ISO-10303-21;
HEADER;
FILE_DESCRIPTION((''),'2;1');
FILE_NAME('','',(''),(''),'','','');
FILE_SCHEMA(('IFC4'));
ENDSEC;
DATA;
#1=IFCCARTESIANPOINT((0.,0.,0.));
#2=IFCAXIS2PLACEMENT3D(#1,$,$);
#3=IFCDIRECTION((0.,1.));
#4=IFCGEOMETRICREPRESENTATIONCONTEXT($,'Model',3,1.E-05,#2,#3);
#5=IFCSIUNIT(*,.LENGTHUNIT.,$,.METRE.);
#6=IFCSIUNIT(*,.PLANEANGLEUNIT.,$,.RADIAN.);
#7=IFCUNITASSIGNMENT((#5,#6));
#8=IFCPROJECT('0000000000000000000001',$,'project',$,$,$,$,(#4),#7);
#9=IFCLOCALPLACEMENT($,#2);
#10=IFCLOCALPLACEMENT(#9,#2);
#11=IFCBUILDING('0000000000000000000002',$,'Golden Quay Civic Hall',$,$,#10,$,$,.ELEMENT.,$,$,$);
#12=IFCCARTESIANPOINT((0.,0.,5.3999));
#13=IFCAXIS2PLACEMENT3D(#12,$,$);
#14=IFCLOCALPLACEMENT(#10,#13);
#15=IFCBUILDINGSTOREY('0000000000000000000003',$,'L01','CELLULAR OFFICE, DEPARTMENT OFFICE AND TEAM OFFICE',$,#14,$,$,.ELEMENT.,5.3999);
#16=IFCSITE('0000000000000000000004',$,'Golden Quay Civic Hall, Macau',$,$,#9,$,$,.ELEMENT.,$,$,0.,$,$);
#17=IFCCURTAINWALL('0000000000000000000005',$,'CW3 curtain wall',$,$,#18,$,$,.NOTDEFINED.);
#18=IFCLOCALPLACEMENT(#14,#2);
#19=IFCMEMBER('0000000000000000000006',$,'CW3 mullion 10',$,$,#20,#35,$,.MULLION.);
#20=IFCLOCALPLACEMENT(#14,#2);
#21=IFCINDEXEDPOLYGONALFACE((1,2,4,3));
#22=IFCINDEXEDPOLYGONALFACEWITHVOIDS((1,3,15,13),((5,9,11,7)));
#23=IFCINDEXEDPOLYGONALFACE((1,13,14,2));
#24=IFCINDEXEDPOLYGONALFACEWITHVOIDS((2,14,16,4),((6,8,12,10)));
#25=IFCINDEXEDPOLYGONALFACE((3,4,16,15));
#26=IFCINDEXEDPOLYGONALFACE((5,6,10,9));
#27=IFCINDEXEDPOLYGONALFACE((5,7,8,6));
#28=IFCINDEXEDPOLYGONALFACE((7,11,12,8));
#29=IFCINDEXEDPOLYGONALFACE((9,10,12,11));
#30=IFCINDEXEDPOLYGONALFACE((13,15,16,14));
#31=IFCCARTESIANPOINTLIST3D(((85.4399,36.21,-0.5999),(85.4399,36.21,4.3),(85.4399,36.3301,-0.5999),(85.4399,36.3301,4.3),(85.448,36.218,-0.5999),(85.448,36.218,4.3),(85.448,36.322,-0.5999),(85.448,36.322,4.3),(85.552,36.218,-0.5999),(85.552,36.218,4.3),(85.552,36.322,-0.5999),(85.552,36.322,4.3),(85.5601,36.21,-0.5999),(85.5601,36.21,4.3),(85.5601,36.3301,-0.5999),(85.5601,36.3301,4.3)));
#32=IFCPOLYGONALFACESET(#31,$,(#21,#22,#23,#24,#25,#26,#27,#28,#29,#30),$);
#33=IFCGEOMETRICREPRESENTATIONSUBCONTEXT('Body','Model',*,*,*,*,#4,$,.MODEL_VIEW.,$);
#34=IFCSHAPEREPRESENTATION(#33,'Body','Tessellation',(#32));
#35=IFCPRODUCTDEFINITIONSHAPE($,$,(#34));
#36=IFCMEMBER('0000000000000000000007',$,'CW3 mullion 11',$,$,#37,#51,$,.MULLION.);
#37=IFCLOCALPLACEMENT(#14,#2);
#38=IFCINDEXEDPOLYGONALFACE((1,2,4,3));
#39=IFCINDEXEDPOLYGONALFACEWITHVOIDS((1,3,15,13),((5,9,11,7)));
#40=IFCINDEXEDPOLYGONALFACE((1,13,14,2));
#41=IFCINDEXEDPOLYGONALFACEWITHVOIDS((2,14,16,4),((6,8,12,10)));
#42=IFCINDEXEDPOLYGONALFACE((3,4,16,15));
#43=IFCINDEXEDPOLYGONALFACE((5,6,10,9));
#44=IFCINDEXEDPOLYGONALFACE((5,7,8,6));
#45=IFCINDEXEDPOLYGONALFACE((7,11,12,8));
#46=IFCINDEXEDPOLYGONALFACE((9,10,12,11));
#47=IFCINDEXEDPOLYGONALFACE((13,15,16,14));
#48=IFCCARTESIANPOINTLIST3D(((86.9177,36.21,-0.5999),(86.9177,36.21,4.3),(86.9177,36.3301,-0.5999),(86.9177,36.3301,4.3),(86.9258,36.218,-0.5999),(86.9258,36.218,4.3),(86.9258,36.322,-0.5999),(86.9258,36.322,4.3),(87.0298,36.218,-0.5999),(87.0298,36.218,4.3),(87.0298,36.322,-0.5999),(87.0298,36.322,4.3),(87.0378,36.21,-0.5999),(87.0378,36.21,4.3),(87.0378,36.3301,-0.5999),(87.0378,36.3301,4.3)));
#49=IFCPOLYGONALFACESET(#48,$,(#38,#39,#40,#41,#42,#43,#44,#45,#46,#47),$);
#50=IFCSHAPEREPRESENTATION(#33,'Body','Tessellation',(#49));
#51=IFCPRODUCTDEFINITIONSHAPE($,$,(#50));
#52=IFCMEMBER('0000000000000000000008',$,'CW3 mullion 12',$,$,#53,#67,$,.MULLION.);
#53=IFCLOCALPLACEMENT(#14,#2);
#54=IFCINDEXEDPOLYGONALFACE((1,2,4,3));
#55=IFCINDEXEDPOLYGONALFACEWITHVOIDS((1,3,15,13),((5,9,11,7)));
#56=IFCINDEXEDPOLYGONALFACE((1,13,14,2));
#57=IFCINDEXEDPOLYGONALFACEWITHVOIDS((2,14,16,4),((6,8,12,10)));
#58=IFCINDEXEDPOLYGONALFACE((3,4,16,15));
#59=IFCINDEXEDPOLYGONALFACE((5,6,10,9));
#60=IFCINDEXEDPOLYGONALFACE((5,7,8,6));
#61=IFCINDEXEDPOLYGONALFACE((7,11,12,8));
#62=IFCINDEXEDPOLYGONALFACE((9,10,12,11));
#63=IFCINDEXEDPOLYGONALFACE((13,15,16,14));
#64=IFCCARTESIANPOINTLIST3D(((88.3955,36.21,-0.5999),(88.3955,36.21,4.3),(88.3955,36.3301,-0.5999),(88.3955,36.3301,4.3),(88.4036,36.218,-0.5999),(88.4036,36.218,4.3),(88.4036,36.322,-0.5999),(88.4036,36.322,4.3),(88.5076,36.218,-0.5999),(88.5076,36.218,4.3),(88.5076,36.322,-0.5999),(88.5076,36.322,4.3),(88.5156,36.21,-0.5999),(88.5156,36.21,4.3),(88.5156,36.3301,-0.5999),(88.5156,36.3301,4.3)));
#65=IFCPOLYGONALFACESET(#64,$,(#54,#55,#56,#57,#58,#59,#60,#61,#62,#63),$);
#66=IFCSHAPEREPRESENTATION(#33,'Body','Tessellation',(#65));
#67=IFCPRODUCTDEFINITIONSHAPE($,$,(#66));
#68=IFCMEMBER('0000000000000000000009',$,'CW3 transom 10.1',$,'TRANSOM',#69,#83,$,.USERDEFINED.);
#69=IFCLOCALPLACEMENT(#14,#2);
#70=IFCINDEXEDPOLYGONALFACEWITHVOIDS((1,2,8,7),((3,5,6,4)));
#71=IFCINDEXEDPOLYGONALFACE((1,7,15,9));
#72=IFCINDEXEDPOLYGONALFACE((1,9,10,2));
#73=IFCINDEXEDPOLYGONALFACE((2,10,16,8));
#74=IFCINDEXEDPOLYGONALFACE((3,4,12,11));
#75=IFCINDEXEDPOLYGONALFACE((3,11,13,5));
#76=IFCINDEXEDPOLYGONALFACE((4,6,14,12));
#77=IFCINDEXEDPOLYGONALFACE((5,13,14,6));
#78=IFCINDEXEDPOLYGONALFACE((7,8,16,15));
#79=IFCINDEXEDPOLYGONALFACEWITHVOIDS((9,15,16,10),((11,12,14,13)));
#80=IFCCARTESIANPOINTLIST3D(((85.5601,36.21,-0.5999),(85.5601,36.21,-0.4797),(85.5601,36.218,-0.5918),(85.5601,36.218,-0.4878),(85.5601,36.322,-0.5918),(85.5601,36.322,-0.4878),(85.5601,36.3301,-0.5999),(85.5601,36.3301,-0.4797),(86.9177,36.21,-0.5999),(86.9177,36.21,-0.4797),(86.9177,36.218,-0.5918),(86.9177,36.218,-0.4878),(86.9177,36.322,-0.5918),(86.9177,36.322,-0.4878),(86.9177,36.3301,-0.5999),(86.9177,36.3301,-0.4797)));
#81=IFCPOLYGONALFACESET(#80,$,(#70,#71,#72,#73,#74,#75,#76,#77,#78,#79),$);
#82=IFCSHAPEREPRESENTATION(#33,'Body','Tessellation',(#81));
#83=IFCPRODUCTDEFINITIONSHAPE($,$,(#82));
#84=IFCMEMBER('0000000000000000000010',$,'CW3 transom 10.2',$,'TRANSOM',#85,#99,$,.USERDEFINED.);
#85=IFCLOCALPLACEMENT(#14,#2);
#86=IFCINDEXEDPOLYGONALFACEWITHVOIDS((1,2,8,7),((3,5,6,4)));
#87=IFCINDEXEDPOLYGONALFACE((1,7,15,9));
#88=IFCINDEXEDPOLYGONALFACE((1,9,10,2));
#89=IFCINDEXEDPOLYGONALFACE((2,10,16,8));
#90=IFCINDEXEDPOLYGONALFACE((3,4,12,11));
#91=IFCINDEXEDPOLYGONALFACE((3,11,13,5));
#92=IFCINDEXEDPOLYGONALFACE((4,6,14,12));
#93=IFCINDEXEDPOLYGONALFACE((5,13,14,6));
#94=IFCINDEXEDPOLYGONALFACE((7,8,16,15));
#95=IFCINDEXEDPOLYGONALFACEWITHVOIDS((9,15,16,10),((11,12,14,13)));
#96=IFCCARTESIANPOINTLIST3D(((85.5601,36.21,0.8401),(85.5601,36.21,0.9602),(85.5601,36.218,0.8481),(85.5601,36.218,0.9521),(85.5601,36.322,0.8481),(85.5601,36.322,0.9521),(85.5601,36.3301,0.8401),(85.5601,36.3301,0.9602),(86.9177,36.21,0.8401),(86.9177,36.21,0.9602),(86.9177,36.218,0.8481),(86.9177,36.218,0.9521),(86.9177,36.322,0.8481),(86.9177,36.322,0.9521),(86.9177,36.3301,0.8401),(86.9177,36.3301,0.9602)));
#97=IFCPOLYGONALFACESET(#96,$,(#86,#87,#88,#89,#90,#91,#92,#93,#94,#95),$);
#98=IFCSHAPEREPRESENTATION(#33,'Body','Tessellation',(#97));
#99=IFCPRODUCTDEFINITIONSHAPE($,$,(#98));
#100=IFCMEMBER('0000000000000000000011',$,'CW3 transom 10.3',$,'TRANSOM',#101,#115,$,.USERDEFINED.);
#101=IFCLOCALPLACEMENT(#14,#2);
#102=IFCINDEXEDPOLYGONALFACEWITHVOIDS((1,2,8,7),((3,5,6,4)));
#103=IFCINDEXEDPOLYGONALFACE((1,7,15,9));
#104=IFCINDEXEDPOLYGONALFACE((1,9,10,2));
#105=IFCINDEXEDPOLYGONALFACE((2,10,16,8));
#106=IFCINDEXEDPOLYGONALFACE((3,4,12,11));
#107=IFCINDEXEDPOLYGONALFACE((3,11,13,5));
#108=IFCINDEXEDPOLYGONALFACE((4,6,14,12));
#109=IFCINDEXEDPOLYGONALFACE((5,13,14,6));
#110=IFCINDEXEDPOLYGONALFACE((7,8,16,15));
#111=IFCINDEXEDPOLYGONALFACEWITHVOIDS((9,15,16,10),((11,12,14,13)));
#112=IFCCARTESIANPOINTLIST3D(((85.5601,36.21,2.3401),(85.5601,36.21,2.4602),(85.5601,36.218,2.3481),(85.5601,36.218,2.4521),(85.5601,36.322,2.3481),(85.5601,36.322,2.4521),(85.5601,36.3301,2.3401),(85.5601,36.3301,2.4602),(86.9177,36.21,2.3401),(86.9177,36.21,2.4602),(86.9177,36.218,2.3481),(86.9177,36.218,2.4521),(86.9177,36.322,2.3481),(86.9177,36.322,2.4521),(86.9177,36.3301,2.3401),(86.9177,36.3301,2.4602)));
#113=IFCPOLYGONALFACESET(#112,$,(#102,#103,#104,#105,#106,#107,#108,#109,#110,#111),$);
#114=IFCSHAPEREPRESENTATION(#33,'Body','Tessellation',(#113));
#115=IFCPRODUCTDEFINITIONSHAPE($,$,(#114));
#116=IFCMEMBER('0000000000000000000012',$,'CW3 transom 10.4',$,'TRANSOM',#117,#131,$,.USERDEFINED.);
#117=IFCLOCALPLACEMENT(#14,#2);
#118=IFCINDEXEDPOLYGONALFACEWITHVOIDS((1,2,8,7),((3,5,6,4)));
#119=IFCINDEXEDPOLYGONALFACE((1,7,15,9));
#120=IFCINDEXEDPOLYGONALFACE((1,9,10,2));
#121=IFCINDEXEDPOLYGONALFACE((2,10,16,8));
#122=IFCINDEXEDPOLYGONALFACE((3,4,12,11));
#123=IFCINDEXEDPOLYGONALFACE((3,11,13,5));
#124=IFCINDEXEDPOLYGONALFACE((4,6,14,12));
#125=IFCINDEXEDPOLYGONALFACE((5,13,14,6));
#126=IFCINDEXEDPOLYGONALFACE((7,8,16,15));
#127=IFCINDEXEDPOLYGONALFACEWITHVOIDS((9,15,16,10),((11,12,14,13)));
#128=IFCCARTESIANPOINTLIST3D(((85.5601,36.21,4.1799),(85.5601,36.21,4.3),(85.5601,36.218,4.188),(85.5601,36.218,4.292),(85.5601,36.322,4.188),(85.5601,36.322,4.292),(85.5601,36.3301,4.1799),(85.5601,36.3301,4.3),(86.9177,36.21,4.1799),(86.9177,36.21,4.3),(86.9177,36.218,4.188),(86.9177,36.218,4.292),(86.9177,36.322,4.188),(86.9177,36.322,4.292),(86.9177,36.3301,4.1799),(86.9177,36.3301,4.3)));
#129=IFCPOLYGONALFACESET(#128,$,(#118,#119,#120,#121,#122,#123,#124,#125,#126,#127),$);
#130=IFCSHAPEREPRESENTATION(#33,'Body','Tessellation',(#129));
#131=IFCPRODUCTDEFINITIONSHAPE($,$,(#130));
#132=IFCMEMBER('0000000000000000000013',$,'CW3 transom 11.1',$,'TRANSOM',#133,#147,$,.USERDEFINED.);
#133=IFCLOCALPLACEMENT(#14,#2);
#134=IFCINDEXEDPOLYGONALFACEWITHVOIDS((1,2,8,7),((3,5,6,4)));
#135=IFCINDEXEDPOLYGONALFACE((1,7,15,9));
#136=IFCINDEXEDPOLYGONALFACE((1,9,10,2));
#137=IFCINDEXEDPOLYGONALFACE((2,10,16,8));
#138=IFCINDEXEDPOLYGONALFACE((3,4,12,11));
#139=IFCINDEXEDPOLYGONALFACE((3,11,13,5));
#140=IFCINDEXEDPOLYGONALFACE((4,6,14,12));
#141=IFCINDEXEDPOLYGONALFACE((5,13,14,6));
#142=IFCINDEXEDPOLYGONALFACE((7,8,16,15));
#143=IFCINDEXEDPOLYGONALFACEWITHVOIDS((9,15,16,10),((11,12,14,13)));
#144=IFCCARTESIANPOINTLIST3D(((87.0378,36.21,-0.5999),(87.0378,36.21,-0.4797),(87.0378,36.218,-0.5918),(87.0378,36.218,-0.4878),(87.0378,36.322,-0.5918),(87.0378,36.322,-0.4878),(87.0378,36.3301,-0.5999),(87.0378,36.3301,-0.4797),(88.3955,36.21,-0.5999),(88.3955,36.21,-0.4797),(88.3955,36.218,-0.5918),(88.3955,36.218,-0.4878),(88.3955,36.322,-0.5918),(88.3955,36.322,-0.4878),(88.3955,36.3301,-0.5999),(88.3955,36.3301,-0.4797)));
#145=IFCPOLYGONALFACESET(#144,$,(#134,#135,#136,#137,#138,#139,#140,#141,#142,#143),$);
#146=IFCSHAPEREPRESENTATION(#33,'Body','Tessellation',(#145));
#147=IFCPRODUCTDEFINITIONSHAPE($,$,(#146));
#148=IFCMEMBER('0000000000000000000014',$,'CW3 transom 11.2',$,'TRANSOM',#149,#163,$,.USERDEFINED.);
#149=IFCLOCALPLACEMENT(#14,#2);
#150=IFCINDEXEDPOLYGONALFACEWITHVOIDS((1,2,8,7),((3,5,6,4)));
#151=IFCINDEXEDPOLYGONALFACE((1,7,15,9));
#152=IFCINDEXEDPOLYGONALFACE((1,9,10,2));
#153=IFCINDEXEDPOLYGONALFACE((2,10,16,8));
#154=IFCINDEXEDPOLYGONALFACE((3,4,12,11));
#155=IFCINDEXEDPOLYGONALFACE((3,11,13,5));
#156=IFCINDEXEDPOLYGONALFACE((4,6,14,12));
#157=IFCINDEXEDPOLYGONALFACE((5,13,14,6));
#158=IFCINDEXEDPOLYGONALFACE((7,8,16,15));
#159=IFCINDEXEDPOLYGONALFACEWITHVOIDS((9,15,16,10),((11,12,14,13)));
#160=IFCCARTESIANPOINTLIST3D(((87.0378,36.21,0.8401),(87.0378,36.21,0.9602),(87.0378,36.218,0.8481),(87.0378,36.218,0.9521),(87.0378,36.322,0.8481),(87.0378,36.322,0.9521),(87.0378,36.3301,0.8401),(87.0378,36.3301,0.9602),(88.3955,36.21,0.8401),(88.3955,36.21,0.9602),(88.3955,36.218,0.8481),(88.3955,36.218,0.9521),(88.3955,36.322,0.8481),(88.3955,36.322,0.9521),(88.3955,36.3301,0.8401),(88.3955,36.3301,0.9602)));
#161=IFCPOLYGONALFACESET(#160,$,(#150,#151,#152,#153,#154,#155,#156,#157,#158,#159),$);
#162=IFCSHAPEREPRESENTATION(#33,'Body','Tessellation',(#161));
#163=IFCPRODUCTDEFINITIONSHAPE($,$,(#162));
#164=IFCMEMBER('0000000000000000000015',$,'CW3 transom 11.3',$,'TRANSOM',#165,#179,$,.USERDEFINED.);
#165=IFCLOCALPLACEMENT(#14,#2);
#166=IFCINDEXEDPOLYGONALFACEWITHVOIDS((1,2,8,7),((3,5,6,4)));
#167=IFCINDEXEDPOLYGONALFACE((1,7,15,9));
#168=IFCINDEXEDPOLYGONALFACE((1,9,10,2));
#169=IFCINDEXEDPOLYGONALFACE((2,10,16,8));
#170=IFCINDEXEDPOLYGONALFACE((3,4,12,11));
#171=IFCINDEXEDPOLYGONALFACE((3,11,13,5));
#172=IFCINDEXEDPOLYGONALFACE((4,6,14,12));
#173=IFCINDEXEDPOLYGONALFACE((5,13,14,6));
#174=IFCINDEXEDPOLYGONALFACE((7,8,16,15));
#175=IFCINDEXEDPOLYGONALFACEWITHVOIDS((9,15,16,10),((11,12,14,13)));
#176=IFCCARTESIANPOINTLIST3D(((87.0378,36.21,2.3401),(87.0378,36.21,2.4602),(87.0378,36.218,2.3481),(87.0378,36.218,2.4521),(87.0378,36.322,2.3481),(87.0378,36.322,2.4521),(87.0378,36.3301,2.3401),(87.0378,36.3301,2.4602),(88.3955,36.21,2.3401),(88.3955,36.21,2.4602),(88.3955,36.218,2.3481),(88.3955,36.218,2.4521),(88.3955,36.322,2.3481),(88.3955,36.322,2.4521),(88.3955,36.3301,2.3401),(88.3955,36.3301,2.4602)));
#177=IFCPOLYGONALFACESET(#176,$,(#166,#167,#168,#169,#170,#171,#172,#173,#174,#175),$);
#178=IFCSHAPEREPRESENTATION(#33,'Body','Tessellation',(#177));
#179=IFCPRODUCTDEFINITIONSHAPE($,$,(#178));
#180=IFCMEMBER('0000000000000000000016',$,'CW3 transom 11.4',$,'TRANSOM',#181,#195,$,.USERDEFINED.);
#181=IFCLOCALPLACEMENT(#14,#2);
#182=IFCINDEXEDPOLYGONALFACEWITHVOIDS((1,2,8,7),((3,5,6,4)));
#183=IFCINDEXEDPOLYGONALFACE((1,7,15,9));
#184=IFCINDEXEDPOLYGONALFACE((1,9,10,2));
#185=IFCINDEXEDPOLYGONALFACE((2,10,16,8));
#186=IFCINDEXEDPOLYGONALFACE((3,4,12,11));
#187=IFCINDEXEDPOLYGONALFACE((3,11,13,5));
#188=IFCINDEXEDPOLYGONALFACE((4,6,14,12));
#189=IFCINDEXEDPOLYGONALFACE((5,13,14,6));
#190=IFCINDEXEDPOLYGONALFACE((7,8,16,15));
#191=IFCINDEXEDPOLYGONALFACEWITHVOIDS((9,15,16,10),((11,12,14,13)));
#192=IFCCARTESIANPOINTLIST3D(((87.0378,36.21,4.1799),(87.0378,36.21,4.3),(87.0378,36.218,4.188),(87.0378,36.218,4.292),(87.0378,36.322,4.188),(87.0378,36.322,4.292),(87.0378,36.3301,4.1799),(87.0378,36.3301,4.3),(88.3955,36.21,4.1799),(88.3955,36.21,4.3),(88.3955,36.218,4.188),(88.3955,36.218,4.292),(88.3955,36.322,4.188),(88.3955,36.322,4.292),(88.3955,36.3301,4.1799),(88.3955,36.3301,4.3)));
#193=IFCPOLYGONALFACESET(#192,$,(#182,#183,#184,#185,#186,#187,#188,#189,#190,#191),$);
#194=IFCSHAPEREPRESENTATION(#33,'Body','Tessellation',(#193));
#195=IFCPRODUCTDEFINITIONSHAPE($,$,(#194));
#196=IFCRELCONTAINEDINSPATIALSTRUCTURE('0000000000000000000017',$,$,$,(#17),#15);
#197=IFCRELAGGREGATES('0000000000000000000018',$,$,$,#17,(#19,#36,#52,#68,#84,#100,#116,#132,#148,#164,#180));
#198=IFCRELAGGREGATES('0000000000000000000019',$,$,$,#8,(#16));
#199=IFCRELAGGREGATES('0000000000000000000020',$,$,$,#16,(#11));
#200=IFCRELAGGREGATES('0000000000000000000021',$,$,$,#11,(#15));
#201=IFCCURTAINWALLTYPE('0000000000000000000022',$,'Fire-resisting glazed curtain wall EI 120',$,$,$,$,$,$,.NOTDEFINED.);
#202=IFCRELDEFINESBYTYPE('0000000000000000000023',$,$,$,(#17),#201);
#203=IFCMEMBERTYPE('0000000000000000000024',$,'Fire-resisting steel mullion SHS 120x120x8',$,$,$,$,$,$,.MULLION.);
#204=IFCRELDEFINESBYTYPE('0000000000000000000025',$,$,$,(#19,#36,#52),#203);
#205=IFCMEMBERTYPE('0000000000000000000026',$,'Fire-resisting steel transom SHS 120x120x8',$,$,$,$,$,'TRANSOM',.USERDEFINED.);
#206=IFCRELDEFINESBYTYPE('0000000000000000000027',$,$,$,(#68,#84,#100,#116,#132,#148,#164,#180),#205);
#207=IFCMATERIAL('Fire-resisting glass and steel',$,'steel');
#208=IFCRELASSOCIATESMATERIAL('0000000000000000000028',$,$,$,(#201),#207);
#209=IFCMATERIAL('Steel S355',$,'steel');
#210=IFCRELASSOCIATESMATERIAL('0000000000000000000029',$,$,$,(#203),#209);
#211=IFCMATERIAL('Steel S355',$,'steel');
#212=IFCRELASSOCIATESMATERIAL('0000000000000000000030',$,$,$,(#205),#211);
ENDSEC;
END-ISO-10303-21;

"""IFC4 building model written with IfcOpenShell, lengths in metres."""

from ifc_helpers import new_model, si_unit, direction, frame, origin, origin_2d, place, context, subcontext, project, spatial, hollow_rectangle, extrude, material, material_profile, profile_set, type_object, element, aggregate, save


model = new_model("IFC4")

# Units and contexts
model_context = context("Model", 3, precision=1e-05, world=origin(), true_north=direction((0.0, 1.0)))
body_context = subcontext(model_context, "Body", "Model", "MODEL_VIEW")
ifc_project = project(units=[si_unit("LENGTHUNIT", "METRE"), si_unit("PLANEANGLEUNIT", "RADIAN")], contexts=[model_context])

# Site, building, storey
site_placement = place(None, origin())
site = spatial("IfcSite", under=ifc_project, at=site_placement, Name="Golden Quay Civic Hall, Macau", CompositionType="ELEMENT", RefElevation=0.0)
building_placement = place(site_placement, origin())
building = spatial("IfcBuilding", under=site, at=building_placement, Name="Golden Quay Civic Hall", CompositionType="ELEMENT")
storey_placement = place(building_placement, frame((0.0, 0.0, 5.3999)))
storey = spatial("IfcBuildingStorey", under=building, at=storey_placement, Name="L01", Description="CELLULAR OFFICE, DEPARTMENT OFFICE AND TEAM OFFICE", CompositionType="ELEMENT", Elevation=5.3999)

# Curtain wall, members
ifc_material_1 = material(Name="Fire-resisting glass and steel", Category="steel")
curtain_wall_type = type_object("IfcCurtainWallType", Name="Fire-resisting glazed curtain wall EI 120", PredefinedType="NOTDEFINED", material=ifc_material_1)
curtain_wall_placement = place(storey_placement, origin())
curtain_wall = element("IfcCurtainWall", 1, at=curtain_wall_placement, inside=storey, type_object=curtain_wall_type, Name="CW3 curtain wall", PredefinedType="NOTDEFINED")
ifc_material_2 = material(Name="Steel S355", Category="steel")
ifc_material_profile_1 = material_profile(ifc_material_2, hollow_rectangle(XDim=0.1201, YDim=0.1201, WallThickness=0.0081, at=origin_2d()), Name="SHS 120x120x8")
ifc_profile_set_1 = profile_set([ifc_material_profile_1], Name="Steel S355")
member_type_1 = type_object("IfcMemberType", Name="Fire-resisting steel mullion SHS 120x120x8", PredefinedType="MULLION", material=ifc_profile_set_1)
member_1_placement = place(storey_placement, frame((85.5, 36.27, -0.5999), z_axis=(0.0, 0.0, 1.0), x_axis=(0.0, 1.0, 0.0)))
member_1 = element("IfcMember", 2, at=member_1_placement, type_object=member_type_1, Name="CW3 mullion 10", PredefinedType="MULLION", context=body_context, shape_type="SweptSolid", body=[
    extrude(hollow_rectangle(XDim=0.1201, YDim=0.1201, WallThickness=0.0081, at=origin_2d()), origin(), (0.0, 0.0, 1.0), 4.8999),
])
member_2_placement = place(storey_placement, frame((86.9778, 36.27, -0.5999), z_axis=(0.0, 0.0, 1.0), x_axis=(0.0, 1.0, 0.0)))
member_2 = element("IfcMember", 3, at=member_2_placement, type_object=member_type_1, Name="CW3 mullion 11", PredefinedType="MULLION", context=body_context, shape_type="SweptSolid", body=[
    extrude(hollow_rectangle(XDim=0.1201, YDim=0.1201, WallThickness=0.0081, at=origin_2d()), origin(), (0.0, 0.0, 1.0), 4.8999),
])
member_3_placement = place(storey_placement, frame((88.4556, 36.27, -0.5999), z_axis=(0.0, 0.0, 1.0), x_axis=(0.0, 1.0, 0.0)))
member_3 = element("IfcMember", 4, at=member_3_placement, type_object=member_type_1, Name="CW3 mullion 12", PredefinedType="MULLION", context=body_context, shape_type="SweptSolid", body=[
    extrude(hollow_rectangle(XDim=0.1201, YDim=0.1201, WallThickness=0.0081, at=origin_2d()), origin(), (0.0, 0.0, 1.0), 4.8999),
])
ifc_material_3 = material(Name="Steel S355", Category="steel")
ifc_material_profile_2 = material_profile(ifc_material_3, hollow_rectangle(XDim=0.1201, YDim=0.1201, WallThickness=0.0081, at=origin_2d()), Name="SHS 120x120x8")
ifc_profile_set_2 = profile_set([ifc_material_profile_2], Name="Steel S355")
member_type_2 = type_object("IfcMemberType", Name="Fire-resisting steel transom SHS 120x120x8", ElementType="TRANSOM", PredefinedType="USERDEFINED", material=ifc_profile_set_2)
member_4_placement = place(storey_placement, frame((85.5601, 36.27, -0.5398), z_axis=(1.0, 0.0, 0.0), x_axis=(0.0, 1.0, 0.0)))
member_4 = element("IfcMember", 5, at=member_4_placement, type_object=member_type_2, Name="CW3 transom 10.1", ObjectType="TRANSOM", PredefinedType="USERDEFINED", context=body_context, shape_type="SweptSolid", body=[
    extrude(hollow_rectangle(XDim=0.1201, YDim=0.1201, WallThickness=0.0081, at=origin_2d()), origin(), (0.0, 0.0, 1.0), 1.3577),
])
member_5_placement = place(storey_placement, frame((85.5601, 36.27, 0.9001), z_axis=(1.0, 0.0, 0.0), x_axis=(0.0, 1.0, 0.0)))
member_5 = element("IfcMember", 6, at=member_5_placement, type_object=member_type_2, Name="CW3 transom 10.2", ObjectType="TRANSOM", PredefinedType="USERDEFINED", context=body_context, shape_type="SweptSolid", body=[
    extrude(hollow_rectangle(XDim=0.1201, YDim=0.1201, WallThickness=0.0081, at=origin_2d()), origin(), (0.0, 0.0, 1.0), 1.3577),
])
member_6_placement = place(storey_placement, frame((85.5601, 36.27, 2.4001), z_axis=(1.0, 0.0, 0.0), x_axis=(0.0, 1.0, 0.0)))
member_6 = element("IfcMember", 7, at=member_6_placement, type_object=member_type_2, Name="CW3 transom 10.3", ObjectType="TRANSOM", PredefinedType="USERDEFINED", context=body_context, shape_type="SweptSolid", body=[
    extrude(hollow_rectangle(XDim=0.1201, YDim=0.1201, WallThickness=0.0081, at=origin_2d()), origin(), (0.0, 0.0, 1.0), 1.3577),
])
member_7_placement = place(storey_placement, frame((85.5601, 36.27, 4.24), z_axis=(1.0, 0.0, 0.0), x_axis=(0.0, 1.0, 0.0)))
member_7 = element("IfcMember", 8, at=member_7_placement, type_object=member_type_2, Name="CW3 transom 10.4", ObjectType="TRANSOM", PredefinedType="USERDEFINED", context=body_context, shape_type="SweptSolid", body=[
    extrude(hollow_rectangle(XDim=0.1201, YDim=0.1201, WallThickness=0.0081, at=origin_2d()), origin(), (0.0, 0.0, 1.0), 1.3577),
])
member_8_placement = place(storey_placement, frame((87.0378, 36.27, -0.5398), z_axis=(1.0, 0.0, 0.0), x_axis=(0.0, 1.0, 0.0)))
member_8 = element("IfcMember", 9, at=member_8_placement, type_object=member_type_2, Name="CW3 transom 11.1", ObjectType="TRANSOM", PredefinedType="USERDEFINED", context=body_context, shape_type="SweptSolid", body=[
    extrude(hollow_rectangle(XDim=0.1201, YDim=0.1201, WallThickness=0.0081, at=origin_2d()), origin(), (0.0, 0.0, 1.0), 1.3577),
])
member_9_placement = place(storey_placement, frame((87.0378, 36.27, 0.9001), z_axis=(1.0, 0.0, 0.0), x_axis=(0.0, 1.0, 0.0)))
member_9 = element("IfcMember", 10, at=member_9_placement, type_object=member_type_2, Name="CW3 transom 11.2", ObjectType="TRANSOM", PredefinedType="USERDEFINED", context=body_context, shape_type="SweptSolid", body=[
    extrude(hollow_rectangle(XDim=0.1201, YDim=0.1201, WallThickness=0.0081, at=origin_2d()), origin(), (0.0, 0.0, 1.0), 1.3577),
])
member_10_placement = place(storey_placement, frame((87.0378, 36.27, 2.4001), z_axis=(1.0, 0.0, 0.0), x_axis=(0.0, 1.0, 0.0)))
member_10 = element("IfcMember", 11, at=member_10_placement, type_object=member_type_2, Name="CW3 transom 11.3", ObjectType="TRANSOM", PredefinedType="USERDEFINED", context=body_context, shape_type="SweptSolid", body=[
    extrude(hollow_rectangle(XDim=0.1201, YDim=0.1201, WallThickness=0.0081, at=origin_2d()), origin(), (0.0, 0.0, 1.0), 1.3577),
])
member_11_placement = place(storey_placement, frame((87.0378, 36.27, 4.24), z_axis=(1.0, 0.0, 0.0), x_axis=(0.0, 1.0, 0.0)))
member_11 = element("IfcMember", 12, at=member_11_placement, type_object=member_type_2, Name="CW3 transom 11.4", ObjectType="TRANSOM", PredefinedType="USERDEFINED", context=body_context, shape_type="SweptSolid", body=[
    extrude(hollow_rectangle(XDim=0.1201, YDim=0.1201, WallThickness=0.0081, at=origin_2d()), origin(), (0.0, 0.0, 1.0), 1.3577),
])
aggregate(curtain_wall, [member_1, member_2, member_3, member_4, member_5, member_6, member_7, member_8, member_9, member_10, member_11])

save(model, "model.ifc")
